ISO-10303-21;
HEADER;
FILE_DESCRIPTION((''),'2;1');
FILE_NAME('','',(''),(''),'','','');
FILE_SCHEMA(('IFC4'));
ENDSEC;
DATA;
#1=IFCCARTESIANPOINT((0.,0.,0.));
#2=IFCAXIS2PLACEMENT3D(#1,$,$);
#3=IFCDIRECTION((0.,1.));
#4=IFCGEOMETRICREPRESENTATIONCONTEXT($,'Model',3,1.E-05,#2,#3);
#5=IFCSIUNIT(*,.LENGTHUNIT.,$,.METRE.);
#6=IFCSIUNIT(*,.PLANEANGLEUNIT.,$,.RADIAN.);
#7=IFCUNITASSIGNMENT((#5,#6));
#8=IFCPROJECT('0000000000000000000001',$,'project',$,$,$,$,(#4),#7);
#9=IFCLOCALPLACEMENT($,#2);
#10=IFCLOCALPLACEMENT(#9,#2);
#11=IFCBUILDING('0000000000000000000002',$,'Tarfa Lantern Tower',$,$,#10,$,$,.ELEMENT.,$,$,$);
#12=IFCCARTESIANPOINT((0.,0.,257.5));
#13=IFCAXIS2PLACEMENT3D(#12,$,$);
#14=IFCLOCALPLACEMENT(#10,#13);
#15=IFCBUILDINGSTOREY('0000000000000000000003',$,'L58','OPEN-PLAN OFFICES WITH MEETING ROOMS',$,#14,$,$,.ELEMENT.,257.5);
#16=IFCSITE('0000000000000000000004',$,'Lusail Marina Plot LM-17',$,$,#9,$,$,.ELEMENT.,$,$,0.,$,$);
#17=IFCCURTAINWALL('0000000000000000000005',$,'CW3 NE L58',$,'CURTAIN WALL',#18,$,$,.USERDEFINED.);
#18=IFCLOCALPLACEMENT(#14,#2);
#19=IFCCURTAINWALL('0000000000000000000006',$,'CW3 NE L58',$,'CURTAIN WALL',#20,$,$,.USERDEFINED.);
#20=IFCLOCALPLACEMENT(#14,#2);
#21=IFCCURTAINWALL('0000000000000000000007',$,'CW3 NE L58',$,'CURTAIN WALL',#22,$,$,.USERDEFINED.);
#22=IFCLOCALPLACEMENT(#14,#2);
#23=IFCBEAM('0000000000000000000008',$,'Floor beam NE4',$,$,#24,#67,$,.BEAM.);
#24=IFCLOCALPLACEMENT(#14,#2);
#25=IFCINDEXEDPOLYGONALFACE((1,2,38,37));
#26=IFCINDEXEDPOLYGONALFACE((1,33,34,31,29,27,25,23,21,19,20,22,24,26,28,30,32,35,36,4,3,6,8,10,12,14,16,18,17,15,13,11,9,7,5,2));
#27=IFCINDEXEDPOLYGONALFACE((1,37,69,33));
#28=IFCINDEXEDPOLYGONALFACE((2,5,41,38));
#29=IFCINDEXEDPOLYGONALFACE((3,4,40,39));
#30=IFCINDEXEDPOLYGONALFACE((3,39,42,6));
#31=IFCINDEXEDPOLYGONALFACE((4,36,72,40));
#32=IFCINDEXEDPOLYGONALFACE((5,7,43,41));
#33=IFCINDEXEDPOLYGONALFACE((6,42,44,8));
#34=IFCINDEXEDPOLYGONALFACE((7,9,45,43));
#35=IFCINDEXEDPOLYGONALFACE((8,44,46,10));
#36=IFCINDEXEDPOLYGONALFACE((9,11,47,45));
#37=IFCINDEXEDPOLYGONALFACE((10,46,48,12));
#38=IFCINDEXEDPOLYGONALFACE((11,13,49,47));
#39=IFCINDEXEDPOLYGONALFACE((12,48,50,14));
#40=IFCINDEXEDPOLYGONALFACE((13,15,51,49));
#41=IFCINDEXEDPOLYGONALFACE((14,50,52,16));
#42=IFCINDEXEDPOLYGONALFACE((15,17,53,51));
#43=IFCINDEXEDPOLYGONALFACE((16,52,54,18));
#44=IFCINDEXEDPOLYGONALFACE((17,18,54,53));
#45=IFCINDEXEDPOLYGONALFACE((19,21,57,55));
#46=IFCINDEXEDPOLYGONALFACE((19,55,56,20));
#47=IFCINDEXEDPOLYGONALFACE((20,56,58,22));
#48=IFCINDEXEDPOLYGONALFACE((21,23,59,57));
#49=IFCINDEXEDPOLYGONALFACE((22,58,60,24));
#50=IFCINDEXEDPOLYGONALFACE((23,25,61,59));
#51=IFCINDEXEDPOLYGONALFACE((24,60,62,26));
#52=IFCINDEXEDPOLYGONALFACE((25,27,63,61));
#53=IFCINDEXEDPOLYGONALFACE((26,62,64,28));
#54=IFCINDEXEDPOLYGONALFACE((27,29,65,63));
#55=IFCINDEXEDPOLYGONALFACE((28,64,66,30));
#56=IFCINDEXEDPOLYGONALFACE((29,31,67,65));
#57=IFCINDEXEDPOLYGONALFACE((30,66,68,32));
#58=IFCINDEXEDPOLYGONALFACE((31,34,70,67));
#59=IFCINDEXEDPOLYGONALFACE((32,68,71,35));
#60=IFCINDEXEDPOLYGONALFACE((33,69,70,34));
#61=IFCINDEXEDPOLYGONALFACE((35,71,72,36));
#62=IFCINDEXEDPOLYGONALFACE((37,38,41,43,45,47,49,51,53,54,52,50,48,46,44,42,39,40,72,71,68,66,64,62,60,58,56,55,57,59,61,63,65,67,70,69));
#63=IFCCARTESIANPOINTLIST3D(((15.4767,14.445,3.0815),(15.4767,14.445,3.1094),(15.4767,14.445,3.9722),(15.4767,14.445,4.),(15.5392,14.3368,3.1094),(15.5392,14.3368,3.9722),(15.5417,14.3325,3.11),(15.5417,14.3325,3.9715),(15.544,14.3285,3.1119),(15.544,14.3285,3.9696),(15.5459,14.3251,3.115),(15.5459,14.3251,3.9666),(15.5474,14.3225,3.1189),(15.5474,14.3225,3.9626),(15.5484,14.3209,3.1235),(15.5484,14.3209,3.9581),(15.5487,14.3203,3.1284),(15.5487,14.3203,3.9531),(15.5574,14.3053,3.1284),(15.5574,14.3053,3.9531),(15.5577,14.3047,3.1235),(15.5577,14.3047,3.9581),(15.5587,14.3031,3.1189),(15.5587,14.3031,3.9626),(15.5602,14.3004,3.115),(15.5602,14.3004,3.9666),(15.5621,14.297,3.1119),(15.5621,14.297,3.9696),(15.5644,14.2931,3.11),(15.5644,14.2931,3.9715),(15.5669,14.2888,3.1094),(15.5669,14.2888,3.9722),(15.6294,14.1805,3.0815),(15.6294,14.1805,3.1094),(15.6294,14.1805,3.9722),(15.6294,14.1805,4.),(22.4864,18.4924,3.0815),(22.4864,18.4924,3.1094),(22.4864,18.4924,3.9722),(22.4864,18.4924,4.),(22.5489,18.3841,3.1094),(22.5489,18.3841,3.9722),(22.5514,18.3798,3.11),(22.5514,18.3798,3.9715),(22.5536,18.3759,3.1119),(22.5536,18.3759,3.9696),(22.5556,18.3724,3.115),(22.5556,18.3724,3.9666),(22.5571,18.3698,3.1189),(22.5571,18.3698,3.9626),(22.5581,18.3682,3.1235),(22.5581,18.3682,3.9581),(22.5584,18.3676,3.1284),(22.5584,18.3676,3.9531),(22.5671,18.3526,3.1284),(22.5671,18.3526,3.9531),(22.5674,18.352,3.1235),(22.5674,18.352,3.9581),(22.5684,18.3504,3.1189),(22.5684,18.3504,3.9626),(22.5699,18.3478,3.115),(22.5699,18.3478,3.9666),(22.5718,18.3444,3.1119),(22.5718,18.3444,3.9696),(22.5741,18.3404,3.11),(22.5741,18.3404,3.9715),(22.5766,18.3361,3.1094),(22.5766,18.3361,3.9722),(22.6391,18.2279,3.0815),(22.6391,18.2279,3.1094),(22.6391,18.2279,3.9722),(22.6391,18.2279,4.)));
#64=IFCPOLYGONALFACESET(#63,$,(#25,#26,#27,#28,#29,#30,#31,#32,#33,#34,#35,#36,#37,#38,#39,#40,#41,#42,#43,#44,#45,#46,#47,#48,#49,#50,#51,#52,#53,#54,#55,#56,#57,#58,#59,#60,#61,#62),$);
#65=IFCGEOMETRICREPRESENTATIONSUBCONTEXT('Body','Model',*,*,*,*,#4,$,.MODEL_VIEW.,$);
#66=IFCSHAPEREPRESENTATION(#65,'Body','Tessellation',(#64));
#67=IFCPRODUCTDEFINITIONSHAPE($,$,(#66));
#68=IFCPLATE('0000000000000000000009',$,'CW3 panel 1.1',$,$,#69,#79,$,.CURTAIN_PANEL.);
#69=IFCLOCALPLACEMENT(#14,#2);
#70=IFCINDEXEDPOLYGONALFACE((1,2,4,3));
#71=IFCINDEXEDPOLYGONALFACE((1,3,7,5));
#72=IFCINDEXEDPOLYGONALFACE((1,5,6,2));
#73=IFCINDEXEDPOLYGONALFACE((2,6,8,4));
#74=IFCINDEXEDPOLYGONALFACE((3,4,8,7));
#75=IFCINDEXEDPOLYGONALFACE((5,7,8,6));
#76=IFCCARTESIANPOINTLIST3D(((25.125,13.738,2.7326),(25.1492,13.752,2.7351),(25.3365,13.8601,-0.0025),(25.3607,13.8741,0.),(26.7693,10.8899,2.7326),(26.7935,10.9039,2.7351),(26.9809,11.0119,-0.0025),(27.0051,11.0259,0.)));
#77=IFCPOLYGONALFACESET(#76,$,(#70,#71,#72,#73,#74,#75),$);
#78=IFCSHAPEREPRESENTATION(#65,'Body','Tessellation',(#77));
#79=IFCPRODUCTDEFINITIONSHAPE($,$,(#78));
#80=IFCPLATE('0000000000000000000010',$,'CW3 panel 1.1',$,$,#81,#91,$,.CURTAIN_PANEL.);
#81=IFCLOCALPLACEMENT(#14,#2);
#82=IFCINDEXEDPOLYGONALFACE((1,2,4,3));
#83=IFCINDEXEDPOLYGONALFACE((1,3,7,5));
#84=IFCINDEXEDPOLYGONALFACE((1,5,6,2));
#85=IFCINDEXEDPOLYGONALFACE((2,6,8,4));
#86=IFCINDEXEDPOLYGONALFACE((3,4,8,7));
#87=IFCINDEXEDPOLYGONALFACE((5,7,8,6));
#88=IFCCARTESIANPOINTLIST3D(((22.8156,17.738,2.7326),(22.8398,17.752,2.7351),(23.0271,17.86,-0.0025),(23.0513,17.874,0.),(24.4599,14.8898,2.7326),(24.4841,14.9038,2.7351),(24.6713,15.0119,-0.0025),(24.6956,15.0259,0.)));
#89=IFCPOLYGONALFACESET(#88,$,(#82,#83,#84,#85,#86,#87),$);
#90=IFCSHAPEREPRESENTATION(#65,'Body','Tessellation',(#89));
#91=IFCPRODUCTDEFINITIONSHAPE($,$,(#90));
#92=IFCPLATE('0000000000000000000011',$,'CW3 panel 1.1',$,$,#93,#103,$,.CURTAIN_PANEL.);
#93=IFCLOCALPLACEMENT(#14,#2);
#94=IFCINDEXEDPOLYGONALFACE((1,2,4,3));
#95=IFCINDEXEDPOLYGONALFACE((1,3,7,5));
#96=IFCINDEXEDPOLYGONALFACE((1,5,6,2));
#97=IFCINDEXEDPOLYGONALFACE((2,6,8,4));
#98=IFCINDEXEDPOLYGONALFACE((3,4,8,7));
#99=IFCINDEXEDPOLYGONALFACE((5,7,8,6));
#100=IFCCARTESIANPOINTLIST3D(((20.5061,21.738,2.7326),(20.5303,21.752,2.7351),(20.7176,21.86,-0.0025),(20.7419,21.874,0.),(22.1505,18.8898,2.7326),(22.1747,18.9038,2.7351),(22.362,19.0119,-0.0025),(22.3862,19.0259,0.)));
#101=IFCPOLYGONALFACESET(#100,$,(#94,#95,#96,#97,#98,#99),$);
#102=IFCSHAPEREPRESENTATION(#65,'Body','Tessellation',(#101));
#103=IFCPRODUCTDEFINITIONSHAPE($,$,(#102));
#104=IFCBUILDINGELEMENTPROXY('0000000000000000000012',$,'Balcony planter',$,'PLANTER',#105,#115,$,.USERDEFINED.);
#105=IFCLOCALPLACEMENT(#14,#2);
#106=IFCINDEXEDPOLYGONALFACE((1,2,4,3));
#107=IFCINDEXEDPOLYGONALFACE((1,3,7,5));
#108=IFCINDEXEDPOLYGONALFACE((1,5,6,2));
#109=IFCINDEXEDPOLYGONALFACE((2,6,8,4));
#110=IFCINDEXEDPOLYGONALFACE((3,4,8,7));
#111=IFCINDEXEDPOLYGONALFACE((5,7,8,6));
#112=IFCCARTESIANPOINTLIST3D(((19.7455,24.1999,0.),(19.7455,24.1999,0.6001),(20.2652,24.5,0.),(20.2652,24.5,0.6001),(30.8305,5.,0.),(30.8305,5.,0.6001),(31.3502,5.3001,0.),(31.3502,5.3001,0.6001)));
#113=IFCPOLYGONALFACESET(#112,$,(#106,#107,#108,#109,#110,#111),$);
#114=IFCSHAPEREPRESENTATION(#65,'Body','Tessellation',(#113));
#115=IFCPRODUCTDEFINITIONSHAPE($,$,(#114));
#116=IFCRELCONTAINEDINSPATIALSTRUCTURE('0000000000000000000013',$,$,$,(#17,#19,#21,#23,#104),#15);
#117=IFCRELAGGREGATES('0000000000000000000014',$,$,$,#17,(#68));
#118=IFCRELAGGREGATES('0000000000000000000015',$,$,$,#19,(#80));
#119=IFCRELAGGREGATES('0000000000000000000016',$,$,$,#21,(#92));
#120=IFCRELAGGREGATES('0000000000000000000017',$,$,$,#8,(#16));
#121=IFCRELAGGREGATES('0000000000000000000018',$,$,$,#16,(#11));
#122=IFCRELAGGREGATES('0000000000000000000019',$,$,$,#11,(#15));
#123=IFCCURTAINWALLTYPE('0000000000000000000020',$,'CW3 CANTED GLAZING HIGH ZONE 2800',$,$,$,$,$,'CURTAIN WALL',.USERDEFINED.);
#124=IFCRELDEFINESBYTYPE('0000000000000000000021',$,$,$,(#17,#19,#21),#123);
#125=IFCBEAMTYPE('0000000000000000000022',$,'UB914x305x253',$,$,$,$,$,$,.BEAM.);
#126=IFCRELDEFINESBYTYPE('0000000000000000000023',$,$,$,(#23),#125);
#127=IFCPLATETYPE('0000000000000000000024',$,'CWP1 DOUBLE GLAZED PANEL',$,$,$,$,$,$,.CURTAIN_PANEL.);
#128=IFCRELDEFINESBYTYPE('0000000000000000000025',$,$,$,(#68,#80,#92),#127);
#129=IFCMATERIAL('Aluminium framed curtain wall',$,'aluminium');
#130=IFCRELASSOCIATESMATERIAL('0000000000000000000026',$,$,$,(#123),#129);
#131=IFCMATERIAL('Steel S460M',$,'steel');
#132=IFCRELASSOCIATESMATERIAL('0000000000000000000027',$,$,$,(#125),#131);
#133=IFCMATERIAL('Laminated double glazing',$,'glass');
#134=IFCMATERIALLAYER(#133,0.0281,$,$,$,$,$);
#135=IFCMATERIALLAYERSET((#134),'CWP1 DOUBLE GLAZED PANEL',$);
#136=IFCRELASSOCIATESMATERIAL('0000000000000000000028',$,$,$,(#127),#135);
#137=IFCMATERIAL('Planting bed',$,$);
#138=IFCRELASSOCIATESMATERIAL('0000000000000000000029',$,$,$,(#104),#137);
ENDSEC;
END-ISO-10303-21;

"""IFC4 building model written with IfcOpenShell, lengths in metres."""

from ifc_helpers import new_model, si_unit, direction, frame, origin, origin_2d, place, context, subcontext, project, spatial, polyline, rectangle, i_section, outline, extrude, material, layer, layer_set, material_profile, profile_set, type_object, element, aggregate, save


model = new_model("IFC4")

# Units and contexts
model_context = context("Model", 3, precision=1e-05, world=origin(), true_north=direction((0.0, 1.0)))
body_context = subcontext(model_context, "Body", "Model", "MODEL_VIEW")
ifc_project = project(units=[si_unit("LENGTHUNIT", "METRE"), si_unit("PLANEANGLEUNIT", "RADIAN")], contexts=[model_context])

# Site, building, storey
site_placement = place(None, origin())
site = spatial("IfcSite", under=ifc_project, at=site_placement, Name="Lusail Marina Plot LM-17", CompositionType="ELEMENT", RefElevation=0.0)
building_placement = place(site_placement, origin())
building = spatial("IfcBuilding", under=site, at=building_placement, Name="Tarfa Lantern Tower", CompositionType="ELEMENT")
storey_placement = place(building_placement, frame((0.0, 0.0, 257.5)))
storey = spatial("IfcBuildingStorey", under=building, at=storey_placement, Name="L58", Description="OPEN-PLAN OFFICES WITH MEETING ROOMS", CompositionType="ELEMENT", Elevation=257.5)

# Curtain walls
ifc_material_1 = material(Name="Aluminium framed curtain wall", Category="aluminium")
curtain_wall_type = type_object("IfcCurtainWallType", Name="CW3 CANTED GLAZING HIGH ZONE 2800", ElementType="CURTAIN WALL", PredefinedType="USERDEFINED", material=ifc_material_1)
curtain_wall_1_placement = place(storey_placement, origin())
curtain_wall_1 = element("IfcCurtainWall", 1, at=curtain_wall_1_placement, inside=storey, type_object=curtain_wall_type, Name="CW3 NE L58", ObjectType="CURTAIN WALL", PredefinedType="USERDEFINED")
curtain_wall_2_placement = place(storey_placement, origin())
curtain_wall_2 = element("IfcCurtainWall", 2, at=curtain_wall_2_placement, inside=storey, type_object=curtain_wall_type, Name="CW3 NE L58", ObjectType="CURTAIN WALL", PredefinedType="USERDEFINED")
curtain_wall_3_placement = place(storey_placement, origin())
curtain_wall_3 = element("IfcCurtainWall", 3, at=curtain_wall_3_placement, inside=storey, type_object=curtain_wall_type, Name="CW3 NE L58", ObjectType="CURTAIN WALL", PredefinedType="USERDEFINED")

# Beam
ifc_material_2 = material(Name="Steel S460M", Category="steel")
ifc_material_profile_1 = material_profile(ifc_material_2, i_section(OverallWidth=0.3054, OverallDepth=0.9185, WebThickness=0.0173, FlangeThickness=0.0278, FilletRadius=0.019, at=origin_2d()), Name="UB914x305x253")
ifc_profile_set_1 = profile_set([ifc_material_profile_1], Name="Steel S460M")
beam_type_1 = type_object("IfcBeamType", Name="UB914x305x253", PredefinedType="BEAM", material=ifc_profile_set_1)
beam_1_placement = place(storey_placement, frame((22.5627, 18.3601, 3.5408), z_axis=(-0.866011, -0.500025, 0.0), x_axis=(0.500025, -0.866011, 0.0)))
element("IfcBeam", 4, at=beam_1_placement, inside=storey, type_object=beam_type_1, Name="Floor beam NE4", PredefinedType="BEAM", context=body_context, shape_type="SweptSolid", body=[
    extrude(i_section(OverallWidth=0.3054, OverallDepth=0.9185, WebThickness=0.0173, FlangeThickness=0.0278, FilletRadius=0.019, at=origin_2d()), origin(), (0.0, 0.0, 1.0), 8.0942),
])

# Plates
ifc_material_3 = material(Name="Laminated double glazing", Category="glass")
ifc_layer = layer(ifc_material_3, 0.0281)
ifc_layer_set = layer_set([ifc_layer], Name="CWP1 DOUBLE GLAZED PANEL")
plate_type = type_object("IfcPlateType", Name="CWP1 DOUBLE GLAZED PANEL", PredefinedType="CURTAIN_PANEL", material=ifc_layer_set)
plate_1_placement = place(storey_placement, frame((27.0051, 11.0259, 0.0), z_axis=(0.862589, 0.498026, 0.088945), x_axis=(-0.500008, 0.866021, 0.000003)))
plate_1 = element("IfcPlate", 5, at=plate_1_placement, type_object=plate_type, Name="CW3 panel 1.1", PredefinedType="CURTAIN_PANEL", context=body_context, shape_type="SweptSolid", body=[
    extrude(outline(polyline([(0.0, 0.0), (3.2888, 0.0), (3.2888, 2.746), (0.0001, 2.746), (0.0, 0.0)])), origin(), (0.0, 0.0, -1.0), 0.0281),
])
aggregate(curtain_wall_1, [plate_1])
plate_2_placement = place(storey_placement, frame((24.6956, 15.0259, 0.0), z_axis=(0.862608, 0.498, 0.088906), x_axis=(-0.499979, 0.866037, 0.0)))
plate_2 = element("IfcPlate", 6, at=plate_2_placement, type_object=plate_type, Name="CW3 panel 1.1", PredefinedType="CURTAIN_PANEL", context=body_context, shape_type="SweptSolid", body=[
    extrude(outline(polyline([(0.0, 0.0), (3.2887, 0.0), (3.2887, 2.746), (0.0, 2.746), (0.0, 0.0)])), origin(), (0.0, 0.0, -1.0), 0.0281),
])
aggregate(curtain_wall_2, [plate_2])
plate_3_placement = place(storey_placement, frame((22.3862, 19.0259, 0.0), z_axis=(0.862589, 0.498026, 0.088945), x_axis=(-0.500007, 0.866021, -0.000003)))
plate_3 = element("IfcPlate", 7, at=plate_3_placement, type_object=plate_type, Name="CW3 panel 1.1", PredefinedType="CURTAIN_PANEL", context=body_context, shape_type="SweptSolid", body=[
    extrude(outline(polyline([(0.0, 0.0), (3.2887, 0.0), (3.2888, 2.746), (0.0, 2.746), (0.0, 0.0)])), origin(), (0.0, 0.0, -1.0), 0.0281),
])
aggregate(curtain_wall_3, [plate_3])

# Building element proxy
ifc_material_4 = material(Name="Planting bed")
proxy_placement = place(storey_placement, frame((25.5479, 14.75, 0.0), z_axis=(0.0, 0.0, 1.0), x_axis=(-0.5, 0.866025, 0.0)))
element("IfcBuildingElementProxy", 8, at=proxy_placement, inside=storey, material=ifc_material_4, Name="Balcony planter", ObjectType="PLANTER", PredefinedType="USERDEFINED", context=body_context, shape_type="SweptSolid", body=[
    extrude(rectangle(XDim=22.1702, YDim=0.6001, at=origin_2d()), origin(), (0.0, 0.0, 1.0), 0.6001),
])

save(model, "model.ifc")
